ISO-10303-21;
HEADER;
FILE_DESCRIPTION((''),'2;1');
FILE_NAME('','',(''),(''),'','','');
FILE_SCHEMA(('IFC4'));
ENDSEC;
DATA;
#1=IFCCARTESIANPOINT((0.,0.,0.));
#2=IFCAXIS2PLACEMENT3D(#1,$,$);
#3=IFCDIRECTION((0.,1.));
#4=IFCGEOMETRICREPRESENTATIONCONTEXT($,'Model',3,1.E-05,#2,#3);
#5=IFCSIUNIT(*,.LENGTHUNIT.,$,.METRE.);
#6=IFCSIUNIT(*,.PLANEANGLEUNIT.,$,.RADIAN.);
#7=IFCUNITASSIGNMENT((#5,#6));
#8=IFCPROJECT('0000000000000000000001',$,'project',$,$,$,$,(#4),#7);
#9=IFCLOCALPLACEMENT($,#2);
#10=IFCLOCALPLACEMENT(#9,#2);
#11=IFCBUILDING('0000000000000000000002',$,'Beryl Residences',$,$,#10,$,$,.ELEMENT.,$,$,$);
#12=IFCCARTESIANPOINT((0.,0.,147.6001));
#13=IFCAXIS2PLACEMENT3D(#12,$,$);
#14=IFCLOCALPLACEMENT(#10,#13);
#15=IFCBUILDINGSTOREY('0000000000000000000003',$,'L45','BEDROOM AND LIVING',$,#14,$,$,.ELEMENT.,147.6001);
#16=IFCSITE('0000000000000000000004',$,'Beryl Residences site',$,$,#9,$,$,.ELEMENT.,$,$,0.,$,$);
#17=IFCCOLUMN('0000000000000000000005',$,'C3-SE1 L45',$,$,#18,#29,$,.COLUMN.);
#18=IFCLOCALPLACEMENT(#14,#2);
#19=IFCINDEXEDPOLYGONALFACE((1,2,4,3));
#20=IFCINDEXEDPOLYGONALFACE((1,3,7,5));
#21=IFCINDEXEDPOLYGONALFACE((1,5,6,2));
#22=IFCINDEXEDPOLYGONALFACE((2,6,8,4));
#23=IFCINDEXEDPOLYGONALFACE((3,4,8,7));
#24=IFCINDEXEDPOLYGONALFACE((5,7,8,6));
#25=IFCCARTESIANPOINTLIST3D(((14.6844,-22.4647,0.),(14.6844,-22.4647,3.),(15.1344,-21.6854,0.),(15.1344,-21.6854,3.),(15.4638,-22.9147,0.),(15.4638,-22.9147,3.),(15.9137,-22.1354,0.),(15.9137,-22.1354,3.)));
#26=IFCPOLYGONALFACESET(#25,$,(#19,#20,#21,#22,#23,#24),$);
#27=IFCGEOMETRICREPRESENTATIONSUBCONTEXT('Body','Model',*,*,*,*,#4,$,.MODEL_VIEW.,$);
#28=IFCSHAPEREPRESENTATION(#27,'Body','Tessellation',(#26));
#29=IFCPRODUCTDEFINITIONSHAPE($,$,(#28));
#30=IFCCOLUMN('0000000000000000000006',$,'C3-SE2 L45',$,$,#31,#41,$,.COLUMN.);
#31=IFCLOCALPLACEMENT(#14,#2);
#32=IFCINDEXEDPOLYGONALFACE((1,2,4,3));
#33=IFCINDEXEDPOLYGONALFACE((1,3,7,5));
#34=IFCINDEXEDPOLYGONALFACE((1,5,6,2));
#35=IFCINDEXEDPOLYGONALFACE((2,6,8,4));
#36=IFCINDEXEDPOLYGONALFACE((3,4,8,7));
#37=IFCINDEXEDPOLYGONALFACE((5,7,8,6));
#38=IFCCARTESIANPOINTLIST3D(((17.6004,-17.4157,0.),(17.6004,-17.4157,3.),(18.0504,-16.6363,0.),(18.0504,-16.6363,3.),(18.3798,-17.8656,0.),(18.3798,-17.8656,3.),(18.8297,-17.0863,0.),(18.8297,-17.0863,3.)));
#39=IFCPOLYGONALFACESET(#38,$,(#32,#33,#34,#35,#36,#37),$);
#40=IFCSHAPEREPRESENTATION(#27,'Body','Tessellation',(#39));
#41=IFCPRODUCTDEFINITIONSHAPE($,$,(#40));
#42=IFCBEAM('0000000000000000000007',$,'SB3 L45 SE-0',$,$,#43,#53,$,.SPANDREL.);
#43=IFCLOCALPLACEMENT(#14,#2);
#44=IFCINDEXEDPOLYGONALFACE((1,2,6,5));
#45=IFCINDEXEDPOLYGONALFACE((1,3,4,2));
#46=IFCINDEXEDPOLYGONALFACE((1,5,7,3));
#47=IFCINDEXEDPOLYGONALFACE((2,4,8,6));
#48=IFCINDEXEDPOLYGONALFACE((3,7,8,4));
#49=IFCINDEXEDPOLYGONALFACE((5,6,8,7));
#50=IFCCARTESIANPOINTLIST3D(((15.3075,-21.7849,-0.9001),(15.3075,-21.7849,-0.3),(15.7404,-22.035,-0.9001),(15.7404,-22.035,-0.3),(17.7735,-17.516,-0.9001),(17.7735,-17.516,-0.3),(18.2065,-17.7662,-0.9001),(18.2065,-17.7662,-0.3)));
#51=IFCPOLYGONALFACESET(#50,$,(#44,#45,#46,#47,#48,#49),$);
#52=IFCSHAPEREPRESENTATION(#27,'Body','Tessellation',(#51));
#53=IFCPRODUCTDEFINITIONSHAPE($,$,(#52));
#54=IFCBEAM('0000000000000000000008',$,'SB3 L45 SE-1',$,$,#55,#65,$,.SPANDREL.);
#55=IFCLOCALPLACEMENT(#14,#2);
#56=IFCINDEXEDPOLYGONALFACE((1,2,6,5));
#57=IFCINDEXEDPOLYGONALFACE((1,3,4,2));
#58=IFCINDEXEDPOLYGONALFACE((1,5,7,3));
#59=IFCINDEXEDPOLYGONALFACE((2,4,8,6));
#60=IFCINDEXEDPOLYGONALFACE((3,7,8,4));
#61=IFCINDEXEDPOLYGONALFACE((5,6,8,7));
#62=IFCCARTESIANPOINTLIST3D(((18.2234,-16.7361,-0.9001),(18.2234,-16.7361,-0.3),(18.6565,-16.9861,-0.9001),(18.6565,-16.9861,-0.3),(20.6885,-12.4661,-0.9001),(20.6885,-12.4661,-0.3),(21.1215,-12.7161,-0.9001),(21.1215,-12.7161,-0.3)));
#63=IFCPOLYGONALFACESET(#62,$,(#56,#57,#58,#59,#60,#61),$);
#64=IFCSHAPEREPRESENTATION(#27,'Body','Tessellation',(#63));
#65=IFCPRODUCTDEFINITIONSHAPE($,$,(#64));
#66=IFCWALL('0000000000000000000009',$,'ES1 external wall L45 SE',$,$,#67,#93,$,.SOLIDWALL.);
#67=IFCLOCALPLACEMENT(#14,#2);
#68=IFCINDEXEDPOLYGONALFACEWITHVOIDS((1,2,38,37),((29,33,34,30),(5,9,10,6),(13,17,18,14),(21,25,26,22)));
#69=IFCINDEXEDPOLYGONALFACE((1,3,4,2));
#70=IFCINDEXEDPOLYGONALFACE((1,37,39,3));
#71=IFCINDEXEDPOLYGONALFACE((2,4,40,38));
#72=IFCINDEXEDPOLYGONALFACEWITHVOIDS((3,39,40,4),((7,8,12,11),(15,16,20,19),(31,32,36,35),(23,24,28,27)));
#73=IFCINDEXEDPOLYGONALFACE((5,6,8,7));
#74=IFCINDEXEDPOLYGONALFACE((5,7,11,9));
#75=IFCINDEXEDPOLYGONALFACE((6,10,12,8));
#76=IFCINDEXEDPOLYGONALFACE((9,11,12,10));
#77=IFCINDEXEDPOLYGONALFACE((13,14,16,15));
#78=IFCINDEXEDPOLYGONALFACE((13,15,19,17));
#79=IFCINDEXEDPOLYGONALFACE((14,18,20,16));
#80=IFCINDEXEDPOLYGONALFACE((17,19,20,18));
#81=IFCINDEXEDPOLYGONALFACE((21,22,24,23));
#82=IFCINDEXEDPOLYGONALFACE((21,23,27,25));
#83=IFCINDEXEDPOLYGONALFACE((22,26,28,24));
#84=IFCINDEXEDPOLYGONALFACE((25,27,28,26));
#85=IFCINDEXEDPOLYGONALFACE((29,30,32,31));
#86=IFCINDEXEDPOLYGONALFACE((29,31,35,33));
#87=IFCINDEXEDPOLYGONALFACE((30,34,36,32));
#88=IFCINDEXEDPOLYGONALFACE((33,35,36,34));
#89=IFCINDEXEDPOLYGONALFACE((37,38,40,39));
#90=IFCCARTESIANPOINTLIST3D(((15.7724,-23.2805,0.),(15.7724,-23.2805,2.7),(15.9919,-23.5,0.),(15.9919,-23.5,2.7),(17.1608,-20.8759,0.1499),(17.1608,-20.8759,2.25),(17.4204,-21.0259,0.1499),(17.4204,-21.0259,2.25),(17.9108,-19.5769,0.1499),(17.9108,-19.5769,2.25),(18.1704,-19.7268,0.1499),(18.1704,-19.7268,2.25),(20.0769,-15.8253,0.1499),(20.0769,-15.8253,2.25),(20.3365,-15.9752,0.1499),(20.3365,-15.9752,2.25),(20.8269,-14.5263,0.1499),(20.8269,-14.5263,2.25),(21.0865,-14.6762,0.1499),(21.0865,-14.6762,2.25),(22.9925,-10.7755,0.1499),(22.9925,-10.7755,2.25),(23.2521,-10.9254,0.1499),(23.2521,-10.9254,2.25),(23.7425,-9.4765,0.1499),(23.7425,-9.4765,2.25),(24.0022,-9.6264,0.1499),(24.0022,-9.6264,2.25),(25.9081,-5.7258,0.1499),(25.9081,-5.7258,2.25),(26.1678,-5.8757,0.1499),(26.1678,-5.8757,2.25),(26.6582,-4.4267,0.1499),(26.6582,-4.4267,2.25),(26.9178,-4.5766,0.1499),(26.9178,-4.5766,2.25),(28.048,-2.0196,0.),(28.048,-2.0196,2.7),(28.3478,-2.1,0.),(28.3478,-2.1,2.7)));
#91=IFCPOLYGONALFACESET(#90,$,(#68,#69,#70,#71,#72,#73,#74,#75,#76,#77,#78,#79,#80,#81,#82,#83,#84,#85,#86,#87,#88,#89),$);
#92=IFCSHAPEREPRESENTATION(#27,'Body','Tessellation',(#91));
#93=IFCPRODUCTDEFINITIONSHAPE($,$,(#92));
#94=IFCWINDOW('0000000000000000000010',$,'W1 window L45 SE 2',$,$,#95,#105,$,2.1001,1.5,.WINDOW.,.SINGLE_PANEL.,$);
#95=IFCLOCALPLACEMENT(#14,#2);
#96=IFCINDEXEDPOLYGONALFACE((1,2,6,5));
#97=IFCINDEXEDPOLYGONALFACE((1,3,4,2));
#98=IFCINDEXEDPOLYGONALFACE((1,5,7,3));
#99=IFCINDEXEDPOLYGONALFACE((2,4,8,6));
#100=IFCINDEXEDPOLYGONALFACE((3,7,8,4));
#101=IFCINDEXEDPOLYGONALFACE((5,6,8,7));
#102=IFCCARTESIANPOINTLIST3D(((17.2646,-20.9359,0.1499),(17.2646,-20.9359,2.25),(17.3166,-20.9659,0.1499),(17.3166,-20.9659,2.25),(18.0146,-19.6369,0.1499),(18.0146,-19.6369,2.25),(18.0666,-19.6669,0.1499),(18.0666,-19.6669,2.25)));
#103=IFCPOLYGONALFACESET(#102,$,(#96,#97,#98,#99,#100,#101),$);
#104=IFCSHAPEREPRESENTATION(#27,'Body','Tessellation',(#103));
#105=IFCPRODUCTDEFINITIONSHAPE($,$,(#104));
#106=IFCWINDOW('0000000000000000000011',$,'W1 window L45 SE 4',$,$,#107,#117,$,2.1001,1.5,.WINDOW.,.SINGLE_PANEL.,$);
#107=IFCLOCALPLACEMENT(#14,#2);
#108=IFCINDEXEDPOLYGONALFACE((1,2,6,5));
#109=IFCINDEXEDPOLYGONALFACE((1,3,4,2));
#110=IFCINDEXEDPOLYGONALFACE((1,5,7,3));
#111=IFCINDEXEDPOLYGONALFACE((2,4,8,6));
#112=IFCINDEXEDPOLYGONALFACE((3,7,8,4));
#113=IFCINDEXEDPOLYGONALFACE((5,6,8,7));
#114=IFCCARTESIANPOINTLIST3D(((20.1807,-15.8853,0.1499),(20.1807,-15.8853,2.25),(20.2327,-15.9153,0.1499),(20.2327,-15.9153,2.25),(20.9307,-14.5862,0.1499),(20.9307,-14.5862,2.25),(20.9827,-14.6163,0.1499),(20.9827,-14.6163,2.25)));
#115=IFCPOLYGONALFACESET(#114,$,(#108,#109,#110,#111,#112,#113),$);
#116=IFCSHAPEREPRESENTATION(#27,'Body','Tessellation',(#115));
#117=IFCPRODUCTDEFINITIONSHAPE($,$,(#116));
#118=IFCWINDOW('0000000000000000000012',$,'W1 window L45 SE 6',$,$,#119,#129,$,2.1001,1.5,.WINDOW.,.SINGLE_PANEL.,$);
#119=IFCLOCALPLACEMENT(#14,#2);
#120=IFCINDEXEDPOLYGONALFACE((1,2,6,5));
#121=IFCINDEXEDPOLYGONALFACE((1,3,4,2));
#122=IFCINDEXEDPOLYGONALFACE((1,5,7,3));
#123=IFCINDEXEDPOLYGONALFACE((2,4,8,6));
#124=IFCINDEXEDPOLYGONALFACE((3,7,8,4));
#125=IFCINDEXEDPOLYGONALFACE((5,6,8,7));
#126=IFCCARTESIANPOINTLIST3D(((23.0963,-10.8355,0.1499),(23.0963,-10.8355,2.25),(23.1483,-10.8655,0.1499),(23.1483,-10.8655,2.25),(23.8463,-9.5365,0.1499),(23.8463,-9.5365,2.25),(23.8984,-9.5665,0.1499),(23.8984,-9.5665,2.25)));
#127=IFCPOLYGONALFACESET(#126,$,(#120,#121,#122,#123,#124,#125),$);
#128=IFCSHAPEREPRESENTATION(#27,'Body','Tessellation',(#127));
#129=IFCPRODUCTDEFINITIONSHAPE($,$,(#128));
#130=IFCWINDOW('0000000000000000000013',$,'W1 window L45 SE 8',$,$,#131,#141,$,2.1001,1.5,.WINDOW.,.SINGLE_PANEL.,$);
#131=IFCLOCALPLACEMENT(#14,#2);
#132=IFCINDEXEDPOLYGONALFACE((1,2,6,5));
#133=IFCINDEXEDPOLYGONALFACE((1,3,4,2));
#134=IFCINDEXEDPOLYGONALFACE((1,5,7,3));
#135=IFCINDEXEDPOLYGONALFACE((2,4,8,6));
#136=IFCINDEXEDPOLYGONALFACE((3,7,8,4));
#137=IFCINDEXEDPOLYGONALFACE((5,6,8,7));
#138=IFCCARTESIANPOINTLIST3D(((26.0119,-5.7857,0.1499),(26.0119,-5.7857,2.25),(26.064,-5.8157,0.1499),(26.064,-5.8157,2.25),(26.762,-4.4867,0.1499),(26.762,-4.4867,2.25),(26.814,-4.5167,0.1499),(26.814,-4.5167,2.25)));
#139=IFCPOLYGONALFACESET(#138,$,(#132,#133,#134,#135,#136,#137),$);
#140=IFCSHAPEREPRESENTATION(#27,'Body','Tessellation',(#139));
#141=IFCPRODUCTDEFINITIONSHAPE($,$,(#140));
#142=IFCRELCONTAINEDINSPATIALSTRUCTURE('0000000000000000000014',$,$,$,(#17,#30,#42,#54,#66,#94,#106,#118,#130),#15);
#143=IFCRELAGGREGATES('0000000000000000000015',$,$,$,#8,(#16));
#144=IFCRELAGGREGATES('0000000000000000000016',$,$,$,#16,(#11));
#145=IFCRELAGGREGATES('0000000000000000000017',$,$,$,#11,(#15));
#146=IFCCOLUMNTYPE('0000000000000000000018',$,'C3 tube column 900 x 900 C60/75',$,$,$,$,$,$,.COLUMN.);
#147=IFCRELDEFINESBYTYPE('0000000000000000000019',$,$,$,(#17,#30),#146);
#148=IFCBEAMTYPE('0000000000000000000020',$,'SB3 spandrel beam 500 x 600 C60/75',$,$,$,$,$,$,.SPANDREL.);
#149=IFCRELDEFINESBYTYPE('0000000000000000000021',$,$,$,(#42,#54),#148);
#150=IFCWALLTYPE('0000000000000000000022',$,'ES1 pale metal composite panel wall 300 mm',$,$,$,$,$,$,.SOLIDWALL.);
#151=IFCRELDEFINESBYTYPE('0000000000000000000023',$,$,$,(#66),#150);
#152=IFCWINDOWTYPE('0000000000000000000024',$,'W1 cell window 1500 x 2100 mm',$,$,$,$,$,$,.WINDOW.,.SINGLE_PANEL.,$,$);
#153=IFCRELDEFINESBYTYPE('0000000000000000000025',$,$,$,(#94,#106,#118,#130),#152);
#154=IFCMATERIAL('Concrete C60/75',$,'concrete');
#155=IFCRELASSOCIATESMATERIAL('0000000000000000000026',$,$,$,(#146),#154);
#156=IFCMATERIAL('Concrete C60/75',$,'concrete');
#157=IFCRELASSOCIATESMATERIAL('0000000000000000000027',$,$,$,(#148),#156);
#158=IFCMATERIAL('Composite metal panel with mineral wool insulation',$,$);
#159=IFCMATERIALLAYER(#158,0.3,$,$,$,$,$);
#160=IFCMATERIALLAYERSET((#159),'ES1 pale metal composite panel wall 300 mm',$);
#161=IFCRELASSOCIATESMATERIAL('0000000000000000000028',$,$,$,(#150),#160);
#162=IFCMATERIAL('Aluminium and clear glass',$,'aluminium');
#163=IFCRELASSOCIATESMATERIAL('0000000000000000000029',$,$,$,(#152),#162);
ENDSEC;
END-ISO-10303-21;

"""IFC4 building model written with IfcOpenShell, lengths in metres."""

from ifc_helpers import new_model, si_unit, direction, frame, frame_2d, origin, origin_2d, place, context, subcontext, project, spatial, polyline, rectangle, outline, extrude, material, layer, layer_set, material_profile, profile_set, type_object, element, fill, save


model = new_model("IFC4")

# Units and contexts
model_context = context("Model", 3, precision=1e-05, world=origin(), true_north=direction((0.0, 1.0)))
body_context = subcontext(model_context, "Body", "Model", "MODEL_VIEW")
ifc_project = project(units=[si_unit("LENGTHUNIT", "METRE"), si_unit("PLANEANGLEUNIT", "RADIAN")], contexts=[model_context])

# Site, building, storey
site_placement = place(None, origin())
site = spatial("IfcSite", under=ifc_project, at=site_placement, Name="Beryl Residences site", CompositionType="ELEMENT", RefElevation=0.0)
building_placement = place(site_placement, origin())
building = spatial("IfcBuilding", under=site, at=building_placement, Name="Beryl Residences", CompositionType="ELEMENT")
storey_placement = place(building_placement, frame((0.0, 0.0, 147.6001)))
storey = spatial("IfcBuildingStorey", under=building, at=storey_placement, Name="L45", Description="BEDROOM AND LIVING", CompositionType="ELEMENT", Elevation=147.6001)

# Columns
ifc_material_1 = material(Name="Concrete C60/75", Category="concrete")
ifc_material_profile_1 = material_profile(ifc_material_1, rectangle(XDim=0.8999, YDim=0.8999, at=origin_2d()))
ifc_profile_set_1 = profile_set([ifc_material_profile_1], Name="Concrete C60/75")
column_type = type_object("IfcColumnType", Name="C3 tube column 900 x 900 C60/75", PredefinedType="COLUMN", material=ifc_profile_set_1)
for number, where, z_axis, x_axis, name in (
    (1, (15.2991, -22.3, 0.0), (0.0, 0.0, 1.0), (0.5, 0.866025, 0.0), "C3-SE1 L45"),
    (2, (18.2151, -17.251, 0.0), (0.0, 0.0, 1.0), (0.5, 0.866025, 0.0), "C3-SE2 L45"),
):
    element("IfcColumn", number, at=place(storey_placement, frame(where, z_axis=z_axis, x_axis=x_axis)), inside=storey, type_object=column_type, Name=name, PredefinedType="COLUMN", context=body_context, shape_type="SweptSolid", body=[
        extrude(rectangle(XDim=0.8999, YDim=0.8999, at=origin_2d()), origin(), (0.0, 0.0, 1.0), 3.0),
    ])

# Beams
ifc_material_2 = material(Name="Concrete C60/75", Category="concrete")
ifc_material_profile_2 = material_profile(ifc_material_2, rectangle(XDim=0.5, YDim=0.6001, at=origin_2d()))
ifc_profile_set_2 = profile_set([ifc_material_profile_2], Name="Concrete C60/75")
beam_type = type_object("IfcBeamType", Name="SB3 spandrel beam 500 x 600 C60/75", PredefinedType="SPANDREL", material=ifc_profile_set_2)
beam_1_placement = place(storey_placement, frame((15.5239, -21.9099, -0.6001), z_axis=(0.500224, 0.865896, 0.0), x_axis=(-0.865896, 0.500224, 0.0)))
element("IfcBeam", 3, at=beam_1_placement, inside=storey, type_object=beam_type, Name="SB3 L45 SE-0", PredefinedType="SPANDREL", context=body_context, shape_type="SweptSolid", body=[
    extrude(rectangle(XDim=0.5, YDim=0.6001, at=origin_2d()), origin(), (0.0, 0.0, 1.0), 4.9299),
])
beam_2_placement = place(storey_placement, frame((18.4399, -16.8611, -0.6001), z_axis=(0.499968, 0.866044, 0.0), x_axis=(-0.866044, 0.499968, 0.0)))
element("IfcBeam", 4, at=beam_2_placement, inside=storey, type_object=beam_type, Name="SB3 L45 SE-1", PredefinedType="SPANDREL", context=body_context, shape_type="SweptSolid", body=[
    extrude(rectangle(XDim=0.5, YDim=0.6001, at=origin_2d()), origin(), (0.0, 0.0, 1.0), 4.9304),
])

# Wall, openings, windows
ifc_material_3 = material(Name="Composite metal panel with mineral wool insulation")
ifc_layer_1 = layer(ifc_material_3, 0.3)
ifc_layer_set_1 = layer_set([ifc_layer_1], Name="ES1 pale metal composite panel wall 300 mm")
wall_type_1 = type_object("IfcWallType", Name="ES1 pale metal composite panel wall 300 mm", PredefinedType="SOLIDWALL", material=ifc_layer_set_1)
wall_1_placement = place(storey_placement, frame((15.8621, -23.425, 0.0), z_axis=(0.0, 0.0, 1.0), x_axis=(0.500018, 0.866015, 0.0)))
wall_1 = element("IfcWall", 5, at=wall_1_placement, inside=storey, type_object=wall_type_1, Name="ES1 external wall L45 SE", PredefinedType="SOLIDWALL", context=body_context, shape_type="SweptSolid", body=[
    extrude(outline(polyline([(0.0, -0.1499), (24.7109, -0.1499), (24.6306, 0.1499), (0.0803, 0.1499), (0.0, -0.1499)])), origin(), (0.0, 0.0, 1.0), 2.7),
])
opening_1_placement = place(wall_1_placement, frame((2.8569, 0.0, 0.1499)))
opening_1 = element("IfcOpeningElement", 6, at=opening_1_placement, cuts=wall_1, PredefinedType="OPENING", context=body_context, shape_type="SweptSolid", body=[
    extrude(rectangle(XDim=1.5, YDim=2.1001, at=frame_2d((0.75, 1.05))), frame((0.0, 0.1599, 0.0), z_axis=(0.0, -1.0, 0.0), x_axis=(1.0, 0.0, 0.0)), (0.0, 0.0, 1.0), 0.3201),
])
opening_2_placement = place(wall_1_placement, frame((8.689, 0.0, 0.1499)))
opening_2 = element("IfcOpeningElement", 7, at=opening_2_placement, cuts=wall_1, PredefinedType="OPENING", context=body_context, shape_type="SweptSolid", body=[
    extrude(rectangle(XDim=1.5, YDim=2.1001, at=frame_2d((0.75, 1.05))), frame((0.0, 0.1599, 0.0), z_axis=(0.0, -1.0, 0.0), x_axis=(1.0, 0.0, 0.0)), (0.0, 0.0, 1.0), 0.3201),
])
opening_3_placement = place(wall_1_placement, frame((14.52, 0.0, 0.1499)))
opening_3 = element("IfcOpeningElement", 8, at=opening_3_placement, cuts=wall_1, PredefinedType="OPENING", context=body_context, shape_type="SweptSolid", body=[
    extrude(rectangle(XDim=1.5, YDim=2.1001, at=frame_2d((0.75, 1.05))), frame((0.0, 0.1599, 0.0), z_axis=(0.0, -1.0, 0.0), x_axis=(1.0, 0.0, 0.0)), (0.0, 0.0, 1.0), 0.3201),
])
opening_4_placement = place(wall_1_placement, frame((20.3511, 0.0, 0.1499)))
opening_4 = element("IfcOpeningElement", 9, at=opening_4_placement, cuts=wall_1, PredefinedType="OPENING", context=body_context, shape_type="SweptSolid", body=[
    extrude(rectangle(XDim=1.5, YDim=2.1001, at=frame_2d((0.75, 1.05))), frame((0.0, 0.1599, 0.0), z_axis=(0.0, -1.0, 0.0), x_axis=(1.0, 0.0, 0.0)), (0.0, 0.0, 1.0), 0.3201),
])
ifc_material_4 = material(Name="Aluminium and clear glass", Category="aluminium")
window_type = type_object("IfcWindowType", Name="W1 cell window 1500 x 2100 mm", PartitioningType="SINGLE_PANEL", PredefinedType="WINDOW", material=ifc_material_4)
window_1_placement = place(opening_1_placement, origin())
window_1 = element("IfcWindow", 10, at=window_1_placement, inside=storey, type_object=window_type, Name="W1 window L45 SE 2", OverallHeight=2.1001, OverallWidth=1.5, PartitioningType="SINGLE_PANEL", PredefinedType="WINDOW", context=body_context, shape_type="SweptSolid", body=[
    extrude(rectangle(XDim=1.5, YDim=2.1001, at=frame_2d((0.75, 1.05))), frame((0.0, 0.03, 0.0), z_axis=(0.0, -1.0, 0.0), x_axis=(1.0, 0.0, 0.0)), (0.0, 0.0, 1.0), 0.0601),
])
fill(opening_1, window_1)
window_2_placement = place(opening_2_placement, origin())
window_2 = element("IfcWindow", 11, at=window_2_placement, inside=storey, type_object=window_type, Name="W1 window L45 SE 4", OverallHeight=2.1001, OverallWidth=1.5, PartitioningType="SINGLE_PANEL", PredefinedType="WINDOW", context=body_context, shape_type="SweptSolid", body=[
    extrude(rectangle(XDim=1.5, YDim=2.1001, at=frame_2d((0.75, 1.05))), frame((0.0, 0.03, 0.0), z_axis=(0.0, -1.0, 0.0), x_axis=(1.0, 0.0, 0.0)), (0.0, 0.0, 1.0), 0.0601),
])
fill(opening_2, window_2)
window_3_placement = place(opening_3_placement, origin())
window_3 = element("IfcWindow", 12, at=window_3_placement, inside=storey, type_object=window_type, Name="W1 window L45 SE 6", OverallHeight=2.1001, OverallWidth=1.5, PartitioningType="SINGLE_PANEL", PredefinedType="WINDOW", context=body_context, shape_type="SweptSolid", body=[
    extrude(rectangle(XDim=1.5, YDim=2.1001, at=frame_2d((0.75, 1.05))), frame((0.0, 0.03, 0.0), z_axis=(0.0, -1.0, 0.0), x_axis=(1.0, 0.0, 0.0)), (0.0, 0.0, 1.0), 0.0601),
])
fill(opening_3, window_3)
window_4_placement = place(opening_4_placement, origin())
window_4 = element("IfcWindow", 13, at=window_4_placement, inside=storey, type_object=window_type, Name="W1 window L45 SE 8", OverallHeight=2.1001, OverallWidth=1.5, PartitioningType="SINGLE_PANEL", PredefinedType="WINDOW", context=body_context, shape_type="SweptSolid", body=[
    extrude(rectangle(XDim=1.5, YDim=2.1001, at=frame_2d((0.75, 1.05))), frame((0.0, 0.03, 0.0), z_axis=(0.0, -1.0, 0.0), x_axis=(1.0, 0.0, 0.0)), (0.0, 0.0, 1.0), 0.0601),
])
fill(opening_4, window_4)

save(model, "model.ifc")
